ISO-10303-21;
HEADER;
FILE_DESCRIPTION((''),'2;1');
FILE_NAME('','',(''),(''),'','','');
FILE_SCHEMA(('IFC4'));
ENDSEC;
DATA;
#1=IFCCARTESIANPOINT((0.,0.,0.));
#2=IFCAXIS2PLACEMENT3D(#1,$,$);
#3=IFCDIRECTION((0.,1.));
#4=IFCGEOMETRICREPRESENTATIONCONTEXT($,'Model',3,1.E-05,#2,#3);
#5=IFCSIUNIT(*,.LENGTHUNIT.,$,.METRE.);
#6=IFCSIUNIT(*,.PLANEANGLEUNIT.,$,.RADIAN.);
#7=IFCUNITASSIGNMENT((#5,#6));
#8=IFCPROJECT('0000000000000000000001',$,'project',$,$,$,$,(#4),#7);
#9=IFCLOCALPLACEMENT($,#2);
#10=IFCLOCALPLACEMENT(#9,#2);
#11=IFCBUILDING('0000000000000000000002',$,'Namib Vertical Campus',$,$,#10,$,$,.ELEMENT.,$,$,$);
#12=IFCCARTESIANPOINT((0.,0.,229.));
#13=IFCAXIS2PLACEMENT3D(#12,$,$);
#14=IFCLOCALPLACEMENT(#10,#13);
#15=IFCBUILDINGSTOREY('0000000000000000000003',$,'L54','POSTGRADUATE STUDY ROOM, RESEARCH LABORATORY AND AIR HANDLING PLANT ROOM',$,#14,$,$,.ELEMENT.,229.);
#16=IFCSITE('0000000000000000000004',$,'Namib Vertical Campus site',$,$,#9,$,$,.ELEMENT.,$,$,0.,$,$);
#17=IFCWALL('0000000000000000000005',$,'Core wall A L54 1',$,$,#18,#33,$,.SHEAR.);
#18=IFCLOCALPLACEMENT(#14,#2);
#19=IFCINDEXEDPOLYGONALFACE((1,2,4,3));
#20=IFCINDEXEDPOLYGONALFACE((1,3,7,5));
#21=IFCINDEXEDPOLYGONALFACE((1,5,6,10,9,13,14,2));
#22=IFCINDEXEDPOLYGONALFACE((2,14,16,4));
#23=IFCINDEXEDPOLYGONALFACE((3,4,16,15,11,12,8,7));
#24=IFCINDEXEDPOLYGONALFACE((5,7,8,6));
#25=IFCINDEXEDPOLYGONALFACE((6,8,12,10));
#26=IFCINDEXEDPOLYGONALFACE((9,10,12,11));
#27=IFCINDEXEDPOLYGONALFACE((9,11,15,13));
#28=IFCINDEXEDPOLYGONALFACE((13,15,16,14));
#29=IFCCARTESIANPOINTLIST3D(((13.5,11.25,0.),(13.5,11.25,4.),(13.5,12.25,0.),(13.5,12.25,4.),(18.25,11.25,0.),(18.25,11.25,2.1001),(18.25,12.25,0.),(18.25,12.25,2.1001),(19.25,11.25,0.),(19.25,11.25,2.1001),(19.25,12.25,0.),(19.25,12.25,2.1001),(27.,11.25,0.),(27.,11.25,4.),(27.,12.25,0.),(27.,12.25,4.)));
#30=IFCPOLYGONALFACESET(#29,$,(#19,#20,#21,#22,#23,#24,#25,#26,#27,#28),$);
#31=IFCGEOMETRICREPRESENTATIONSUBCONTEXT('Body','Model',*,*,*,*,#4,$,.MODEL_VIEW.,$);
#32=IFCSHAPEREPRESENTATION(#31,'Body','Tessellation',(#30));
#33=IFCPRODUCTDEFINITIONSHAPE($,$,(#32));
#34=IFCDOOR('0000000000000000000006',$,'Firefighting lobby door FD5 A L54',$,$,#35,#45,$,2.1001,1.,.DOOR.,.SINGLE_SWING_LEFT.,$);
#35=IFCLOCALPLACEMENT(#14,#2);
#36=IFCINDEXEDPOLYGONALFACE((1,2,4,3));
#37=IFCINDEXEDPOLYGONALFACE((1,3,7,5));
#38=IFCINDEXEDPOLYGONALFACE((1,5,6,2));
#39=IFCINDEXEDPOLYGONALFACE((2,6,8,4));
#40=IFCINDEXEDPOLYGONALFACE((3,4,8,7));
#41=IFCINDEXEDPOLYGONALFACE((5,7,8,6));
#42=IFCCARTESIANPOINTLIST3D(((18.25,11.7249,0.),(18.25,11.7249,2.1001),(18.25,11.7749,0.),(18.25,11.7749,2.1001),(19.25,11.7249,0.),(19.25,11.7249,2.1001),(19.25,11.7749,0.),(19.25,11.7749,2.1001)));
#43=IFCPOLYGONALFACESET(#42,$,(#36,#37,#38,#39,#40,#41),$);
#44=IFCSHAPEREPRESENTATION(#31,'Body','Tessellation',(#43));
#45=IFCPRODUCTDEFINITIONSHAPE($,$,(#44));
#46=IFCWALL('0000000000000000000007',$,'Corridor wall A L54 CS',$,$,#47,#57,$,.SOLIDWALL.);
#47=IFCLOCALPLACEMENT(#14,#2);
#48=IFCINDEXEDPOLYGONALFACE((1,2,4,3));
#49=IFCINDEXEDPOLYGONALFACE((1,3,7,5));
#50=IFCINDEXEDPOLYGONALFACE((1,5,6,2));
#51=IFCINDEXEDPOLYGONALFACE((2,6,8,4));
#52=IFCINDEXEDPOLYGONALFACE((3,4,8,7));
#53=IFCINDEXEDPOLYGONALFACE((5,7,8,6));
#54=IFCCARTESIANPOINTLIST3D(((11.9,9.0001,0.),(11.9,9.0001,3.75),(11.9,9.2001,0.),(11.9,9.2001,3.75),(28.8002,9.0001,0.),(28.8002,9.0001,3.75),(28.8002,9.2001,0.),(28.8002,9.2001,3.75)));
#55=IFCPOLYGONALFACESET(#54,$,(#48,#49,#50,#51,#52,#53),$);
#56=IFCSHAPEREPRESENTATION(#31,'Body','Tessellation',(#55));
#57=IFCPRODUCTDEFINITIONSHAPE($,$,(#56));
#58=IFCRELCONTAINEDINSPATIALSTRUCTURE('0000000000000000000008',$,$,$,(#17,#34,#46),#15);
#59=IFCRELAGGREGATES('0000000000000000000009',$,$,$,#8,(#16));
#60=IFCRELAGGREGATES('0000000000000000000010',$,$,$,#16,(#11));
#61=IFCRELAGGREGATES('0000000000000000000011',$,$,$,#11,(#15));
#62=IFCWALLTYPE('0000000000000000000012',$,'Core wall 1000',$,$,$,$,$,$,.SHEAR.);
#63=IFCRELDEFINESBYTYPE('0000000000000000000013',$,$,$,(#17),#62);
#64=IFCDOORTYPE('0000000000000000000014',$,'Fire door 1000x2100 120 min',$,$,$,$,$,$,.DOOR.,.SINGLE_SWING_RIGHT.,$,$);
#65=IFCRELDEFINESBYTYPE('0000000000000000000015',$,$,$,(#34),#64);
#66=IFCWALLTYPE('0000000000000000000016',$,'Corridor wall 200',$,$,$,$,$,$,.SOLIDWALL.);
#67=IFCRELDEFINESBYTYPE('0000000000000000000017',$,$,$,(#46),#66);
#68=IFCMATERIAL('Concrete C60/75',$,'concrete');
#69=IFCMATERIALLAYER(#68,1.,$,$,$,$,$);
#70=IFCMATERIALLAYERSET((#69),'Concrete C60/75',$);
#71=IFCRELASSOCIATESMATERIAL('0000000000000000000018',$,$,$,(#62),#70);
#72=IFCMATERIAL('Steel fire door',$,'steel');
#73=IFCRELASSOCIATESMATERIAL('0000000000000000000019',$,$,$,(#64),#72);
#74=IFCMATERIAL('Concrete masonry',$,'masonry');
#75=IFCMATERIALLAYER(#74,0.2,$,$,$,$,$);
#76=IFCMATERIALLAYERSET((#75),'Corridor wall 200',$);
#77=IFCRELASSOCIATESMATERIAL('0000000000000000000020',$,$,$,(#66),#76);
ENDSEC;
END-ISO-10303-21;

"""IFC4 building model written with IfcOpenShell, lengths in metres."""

from ifc_helpers import new_model, si_unit, direction, frame, frame_2d, origin, place, context, subcontext, project, spatial, rectangle, extrude, material, layer, layer_set, type_object, element, fill, save


model = new_model("IFC4")

# Units and contexts
model_context = context("Model", 3, precision=1e-05, world=origin(), true_north=direction((0.0, 1.0)))
body_context = subcontext(model_context, "Body", "Model", "MODEL_VIEW")
ifc_project = project(units=[si_unit("LENGTHUNIT", "METRE"), si_unit("PLANEANGLEUNIT", "RADIAN")], contexts=[model_context])

# Site, building, storey
site_placement = place(None, origin())
site = spatial("IfcSite", under=ifc_project, at=site_placement, Name="Namib Vertical Campus site", CompositionType="ELEMENT", RefElevation=0.0)
building_placement = place(site_placement, origin())
building = spatial("IfcBuilding", under=site, at=building_placement, Name="Namib Vertical Campus", CompositionType="ELEMENT")
storey_placement = place(building_placement, frame((0.0, 0.0, 229.0)))
storey = spatial("IfcBuildingStorey", under=building, at=storey_placement, Name="L54", Description="POSTGRADUATE STUDY ROOM, RESEARCH LABORATORY AND AIR HANDLING PLANT ROOM", CompositionType="ELEMENT", Elevation=229.0)

# Wall, opening, door
ifc_material_1 = material(Name="Concrete C60/75", Category="concrete")
ifc_layer_1 = layer(ifc_material_1, 1.0)
ifc_layer_set_1 = layer_set([ifc_layer_1], Name="Concrete C60/75")
wall_type_1 = type_object("IfcWallType", Name="Core wall 1000", PredefinedType="SHEAR", material=ifc_layer_set_1)
wall_1_placement = place(storey_placement, frame((13.5, 11.75, 0.0), z_axis=(0.0, 0.0, 1.0), x_axis=(1.0, 0.0, 0.0)))
wall_1 = element("IfcWall", 1, at=wall_1_placement, inside=storey, type_object=wall_type_1, Name="Core wall A L54 1", PredefinedType="SHEAR", context=body_context, shape_type="SweptSolid", body=[
    extrude(rectangle(XDim=13.5, YDim=1.0, at=frame_2d((6.75, 0.0))), origin(), (0.0, 0.0, 1.0), 4.0),
])
opening_1_placement = place(wall_1_placement, frame((4.75, 0.0, 0.0)))
opening_1 = element("IfcOpeningElement", 2, at=opening_1_placement, cuts=wall_1, PredefinedType="OPENING", context=body_context, shape_type="SweptSolid", body=[
    extrude(rectangle(XDim=1.0, YDim=2.1001, at=frame_2d((0.5, 1.05))), frame((0.0, 0.51, 0.0), z_axis=(0.0, -1.0, 0.0), x_axis=(1.0, 0.0, 0.0)), (0.0, 0.0, 1.0), 1.02),
])
ifc_material_2 = material(Name="Steel fire door", Category="steel")
door_type = type_object("IfcDoorType", Name="Fire door 1000x2100 120 min", OperationType="SINGLE_SWING_RIGHT", PredefinedType="DOOR", material=ifc_material_2)
door_placement = place(opening_1_placement, origin())
door = element("IfcDoor", 3, at=door_placement, inside=storey, type_object=door_type, Name="Firefighting lobby door FD5 A L54", OperationType="SINGLE_SWING_LEFT", OverallHeight=2.1001, OverallWidth=1.0, PredefinedType="DOOR", context=body_context, shape_type="SweptSolid", body=[
    extrude(rectangle(XDim=1.0, YDim=2.1001, at=frame_2d((0.5, 1.05))), frame((0.0, 0.0249, 0.0), z_axis=(0.0, -1.0, 0.0), x_axis=(1.0, 0.0, 0.0)), (0.0, 0.0, 1.0), 0.05),
])
fill(opening_1, door)

# Wall
ifc_material_3 = material(Name="Concrete masonry", Category="masonry")
ifc_layer_2 = layer(ifc_material_3, 0.2)
ifc_layer_set_2 = layer_set([ifc_layer_2], Name="Corridor wall 200")
wall_type_2 = type_object("IfcWallType", Name="Corridor wall 200", PredefinedType="SOLIDWALL", material=ifc_layer_set_2)
wall_2_placement = place(storey_placement, frame((11.8999, 9.1001, 0.0), z_axis=(0.0, 0.0, 1.0), x_axis=(1.0, 0.0, 0.0)))
element("IfcWall", 4, at=wall_2_placement, inside=storey, type_object=wall_type_2, Name="Corridor wall A L54 CS", PredefinedType="SOLIDWALL", context=body_context, shape_type="SweptSolid", body=[
    extrude(rectangle(XDim=16.9001, YDim=0.2, at=frame_2d((8.4502, 0.0))), origin(), (0.0, 0.0, 1.0), 3.75),
])

save(model, "model.ifc")
